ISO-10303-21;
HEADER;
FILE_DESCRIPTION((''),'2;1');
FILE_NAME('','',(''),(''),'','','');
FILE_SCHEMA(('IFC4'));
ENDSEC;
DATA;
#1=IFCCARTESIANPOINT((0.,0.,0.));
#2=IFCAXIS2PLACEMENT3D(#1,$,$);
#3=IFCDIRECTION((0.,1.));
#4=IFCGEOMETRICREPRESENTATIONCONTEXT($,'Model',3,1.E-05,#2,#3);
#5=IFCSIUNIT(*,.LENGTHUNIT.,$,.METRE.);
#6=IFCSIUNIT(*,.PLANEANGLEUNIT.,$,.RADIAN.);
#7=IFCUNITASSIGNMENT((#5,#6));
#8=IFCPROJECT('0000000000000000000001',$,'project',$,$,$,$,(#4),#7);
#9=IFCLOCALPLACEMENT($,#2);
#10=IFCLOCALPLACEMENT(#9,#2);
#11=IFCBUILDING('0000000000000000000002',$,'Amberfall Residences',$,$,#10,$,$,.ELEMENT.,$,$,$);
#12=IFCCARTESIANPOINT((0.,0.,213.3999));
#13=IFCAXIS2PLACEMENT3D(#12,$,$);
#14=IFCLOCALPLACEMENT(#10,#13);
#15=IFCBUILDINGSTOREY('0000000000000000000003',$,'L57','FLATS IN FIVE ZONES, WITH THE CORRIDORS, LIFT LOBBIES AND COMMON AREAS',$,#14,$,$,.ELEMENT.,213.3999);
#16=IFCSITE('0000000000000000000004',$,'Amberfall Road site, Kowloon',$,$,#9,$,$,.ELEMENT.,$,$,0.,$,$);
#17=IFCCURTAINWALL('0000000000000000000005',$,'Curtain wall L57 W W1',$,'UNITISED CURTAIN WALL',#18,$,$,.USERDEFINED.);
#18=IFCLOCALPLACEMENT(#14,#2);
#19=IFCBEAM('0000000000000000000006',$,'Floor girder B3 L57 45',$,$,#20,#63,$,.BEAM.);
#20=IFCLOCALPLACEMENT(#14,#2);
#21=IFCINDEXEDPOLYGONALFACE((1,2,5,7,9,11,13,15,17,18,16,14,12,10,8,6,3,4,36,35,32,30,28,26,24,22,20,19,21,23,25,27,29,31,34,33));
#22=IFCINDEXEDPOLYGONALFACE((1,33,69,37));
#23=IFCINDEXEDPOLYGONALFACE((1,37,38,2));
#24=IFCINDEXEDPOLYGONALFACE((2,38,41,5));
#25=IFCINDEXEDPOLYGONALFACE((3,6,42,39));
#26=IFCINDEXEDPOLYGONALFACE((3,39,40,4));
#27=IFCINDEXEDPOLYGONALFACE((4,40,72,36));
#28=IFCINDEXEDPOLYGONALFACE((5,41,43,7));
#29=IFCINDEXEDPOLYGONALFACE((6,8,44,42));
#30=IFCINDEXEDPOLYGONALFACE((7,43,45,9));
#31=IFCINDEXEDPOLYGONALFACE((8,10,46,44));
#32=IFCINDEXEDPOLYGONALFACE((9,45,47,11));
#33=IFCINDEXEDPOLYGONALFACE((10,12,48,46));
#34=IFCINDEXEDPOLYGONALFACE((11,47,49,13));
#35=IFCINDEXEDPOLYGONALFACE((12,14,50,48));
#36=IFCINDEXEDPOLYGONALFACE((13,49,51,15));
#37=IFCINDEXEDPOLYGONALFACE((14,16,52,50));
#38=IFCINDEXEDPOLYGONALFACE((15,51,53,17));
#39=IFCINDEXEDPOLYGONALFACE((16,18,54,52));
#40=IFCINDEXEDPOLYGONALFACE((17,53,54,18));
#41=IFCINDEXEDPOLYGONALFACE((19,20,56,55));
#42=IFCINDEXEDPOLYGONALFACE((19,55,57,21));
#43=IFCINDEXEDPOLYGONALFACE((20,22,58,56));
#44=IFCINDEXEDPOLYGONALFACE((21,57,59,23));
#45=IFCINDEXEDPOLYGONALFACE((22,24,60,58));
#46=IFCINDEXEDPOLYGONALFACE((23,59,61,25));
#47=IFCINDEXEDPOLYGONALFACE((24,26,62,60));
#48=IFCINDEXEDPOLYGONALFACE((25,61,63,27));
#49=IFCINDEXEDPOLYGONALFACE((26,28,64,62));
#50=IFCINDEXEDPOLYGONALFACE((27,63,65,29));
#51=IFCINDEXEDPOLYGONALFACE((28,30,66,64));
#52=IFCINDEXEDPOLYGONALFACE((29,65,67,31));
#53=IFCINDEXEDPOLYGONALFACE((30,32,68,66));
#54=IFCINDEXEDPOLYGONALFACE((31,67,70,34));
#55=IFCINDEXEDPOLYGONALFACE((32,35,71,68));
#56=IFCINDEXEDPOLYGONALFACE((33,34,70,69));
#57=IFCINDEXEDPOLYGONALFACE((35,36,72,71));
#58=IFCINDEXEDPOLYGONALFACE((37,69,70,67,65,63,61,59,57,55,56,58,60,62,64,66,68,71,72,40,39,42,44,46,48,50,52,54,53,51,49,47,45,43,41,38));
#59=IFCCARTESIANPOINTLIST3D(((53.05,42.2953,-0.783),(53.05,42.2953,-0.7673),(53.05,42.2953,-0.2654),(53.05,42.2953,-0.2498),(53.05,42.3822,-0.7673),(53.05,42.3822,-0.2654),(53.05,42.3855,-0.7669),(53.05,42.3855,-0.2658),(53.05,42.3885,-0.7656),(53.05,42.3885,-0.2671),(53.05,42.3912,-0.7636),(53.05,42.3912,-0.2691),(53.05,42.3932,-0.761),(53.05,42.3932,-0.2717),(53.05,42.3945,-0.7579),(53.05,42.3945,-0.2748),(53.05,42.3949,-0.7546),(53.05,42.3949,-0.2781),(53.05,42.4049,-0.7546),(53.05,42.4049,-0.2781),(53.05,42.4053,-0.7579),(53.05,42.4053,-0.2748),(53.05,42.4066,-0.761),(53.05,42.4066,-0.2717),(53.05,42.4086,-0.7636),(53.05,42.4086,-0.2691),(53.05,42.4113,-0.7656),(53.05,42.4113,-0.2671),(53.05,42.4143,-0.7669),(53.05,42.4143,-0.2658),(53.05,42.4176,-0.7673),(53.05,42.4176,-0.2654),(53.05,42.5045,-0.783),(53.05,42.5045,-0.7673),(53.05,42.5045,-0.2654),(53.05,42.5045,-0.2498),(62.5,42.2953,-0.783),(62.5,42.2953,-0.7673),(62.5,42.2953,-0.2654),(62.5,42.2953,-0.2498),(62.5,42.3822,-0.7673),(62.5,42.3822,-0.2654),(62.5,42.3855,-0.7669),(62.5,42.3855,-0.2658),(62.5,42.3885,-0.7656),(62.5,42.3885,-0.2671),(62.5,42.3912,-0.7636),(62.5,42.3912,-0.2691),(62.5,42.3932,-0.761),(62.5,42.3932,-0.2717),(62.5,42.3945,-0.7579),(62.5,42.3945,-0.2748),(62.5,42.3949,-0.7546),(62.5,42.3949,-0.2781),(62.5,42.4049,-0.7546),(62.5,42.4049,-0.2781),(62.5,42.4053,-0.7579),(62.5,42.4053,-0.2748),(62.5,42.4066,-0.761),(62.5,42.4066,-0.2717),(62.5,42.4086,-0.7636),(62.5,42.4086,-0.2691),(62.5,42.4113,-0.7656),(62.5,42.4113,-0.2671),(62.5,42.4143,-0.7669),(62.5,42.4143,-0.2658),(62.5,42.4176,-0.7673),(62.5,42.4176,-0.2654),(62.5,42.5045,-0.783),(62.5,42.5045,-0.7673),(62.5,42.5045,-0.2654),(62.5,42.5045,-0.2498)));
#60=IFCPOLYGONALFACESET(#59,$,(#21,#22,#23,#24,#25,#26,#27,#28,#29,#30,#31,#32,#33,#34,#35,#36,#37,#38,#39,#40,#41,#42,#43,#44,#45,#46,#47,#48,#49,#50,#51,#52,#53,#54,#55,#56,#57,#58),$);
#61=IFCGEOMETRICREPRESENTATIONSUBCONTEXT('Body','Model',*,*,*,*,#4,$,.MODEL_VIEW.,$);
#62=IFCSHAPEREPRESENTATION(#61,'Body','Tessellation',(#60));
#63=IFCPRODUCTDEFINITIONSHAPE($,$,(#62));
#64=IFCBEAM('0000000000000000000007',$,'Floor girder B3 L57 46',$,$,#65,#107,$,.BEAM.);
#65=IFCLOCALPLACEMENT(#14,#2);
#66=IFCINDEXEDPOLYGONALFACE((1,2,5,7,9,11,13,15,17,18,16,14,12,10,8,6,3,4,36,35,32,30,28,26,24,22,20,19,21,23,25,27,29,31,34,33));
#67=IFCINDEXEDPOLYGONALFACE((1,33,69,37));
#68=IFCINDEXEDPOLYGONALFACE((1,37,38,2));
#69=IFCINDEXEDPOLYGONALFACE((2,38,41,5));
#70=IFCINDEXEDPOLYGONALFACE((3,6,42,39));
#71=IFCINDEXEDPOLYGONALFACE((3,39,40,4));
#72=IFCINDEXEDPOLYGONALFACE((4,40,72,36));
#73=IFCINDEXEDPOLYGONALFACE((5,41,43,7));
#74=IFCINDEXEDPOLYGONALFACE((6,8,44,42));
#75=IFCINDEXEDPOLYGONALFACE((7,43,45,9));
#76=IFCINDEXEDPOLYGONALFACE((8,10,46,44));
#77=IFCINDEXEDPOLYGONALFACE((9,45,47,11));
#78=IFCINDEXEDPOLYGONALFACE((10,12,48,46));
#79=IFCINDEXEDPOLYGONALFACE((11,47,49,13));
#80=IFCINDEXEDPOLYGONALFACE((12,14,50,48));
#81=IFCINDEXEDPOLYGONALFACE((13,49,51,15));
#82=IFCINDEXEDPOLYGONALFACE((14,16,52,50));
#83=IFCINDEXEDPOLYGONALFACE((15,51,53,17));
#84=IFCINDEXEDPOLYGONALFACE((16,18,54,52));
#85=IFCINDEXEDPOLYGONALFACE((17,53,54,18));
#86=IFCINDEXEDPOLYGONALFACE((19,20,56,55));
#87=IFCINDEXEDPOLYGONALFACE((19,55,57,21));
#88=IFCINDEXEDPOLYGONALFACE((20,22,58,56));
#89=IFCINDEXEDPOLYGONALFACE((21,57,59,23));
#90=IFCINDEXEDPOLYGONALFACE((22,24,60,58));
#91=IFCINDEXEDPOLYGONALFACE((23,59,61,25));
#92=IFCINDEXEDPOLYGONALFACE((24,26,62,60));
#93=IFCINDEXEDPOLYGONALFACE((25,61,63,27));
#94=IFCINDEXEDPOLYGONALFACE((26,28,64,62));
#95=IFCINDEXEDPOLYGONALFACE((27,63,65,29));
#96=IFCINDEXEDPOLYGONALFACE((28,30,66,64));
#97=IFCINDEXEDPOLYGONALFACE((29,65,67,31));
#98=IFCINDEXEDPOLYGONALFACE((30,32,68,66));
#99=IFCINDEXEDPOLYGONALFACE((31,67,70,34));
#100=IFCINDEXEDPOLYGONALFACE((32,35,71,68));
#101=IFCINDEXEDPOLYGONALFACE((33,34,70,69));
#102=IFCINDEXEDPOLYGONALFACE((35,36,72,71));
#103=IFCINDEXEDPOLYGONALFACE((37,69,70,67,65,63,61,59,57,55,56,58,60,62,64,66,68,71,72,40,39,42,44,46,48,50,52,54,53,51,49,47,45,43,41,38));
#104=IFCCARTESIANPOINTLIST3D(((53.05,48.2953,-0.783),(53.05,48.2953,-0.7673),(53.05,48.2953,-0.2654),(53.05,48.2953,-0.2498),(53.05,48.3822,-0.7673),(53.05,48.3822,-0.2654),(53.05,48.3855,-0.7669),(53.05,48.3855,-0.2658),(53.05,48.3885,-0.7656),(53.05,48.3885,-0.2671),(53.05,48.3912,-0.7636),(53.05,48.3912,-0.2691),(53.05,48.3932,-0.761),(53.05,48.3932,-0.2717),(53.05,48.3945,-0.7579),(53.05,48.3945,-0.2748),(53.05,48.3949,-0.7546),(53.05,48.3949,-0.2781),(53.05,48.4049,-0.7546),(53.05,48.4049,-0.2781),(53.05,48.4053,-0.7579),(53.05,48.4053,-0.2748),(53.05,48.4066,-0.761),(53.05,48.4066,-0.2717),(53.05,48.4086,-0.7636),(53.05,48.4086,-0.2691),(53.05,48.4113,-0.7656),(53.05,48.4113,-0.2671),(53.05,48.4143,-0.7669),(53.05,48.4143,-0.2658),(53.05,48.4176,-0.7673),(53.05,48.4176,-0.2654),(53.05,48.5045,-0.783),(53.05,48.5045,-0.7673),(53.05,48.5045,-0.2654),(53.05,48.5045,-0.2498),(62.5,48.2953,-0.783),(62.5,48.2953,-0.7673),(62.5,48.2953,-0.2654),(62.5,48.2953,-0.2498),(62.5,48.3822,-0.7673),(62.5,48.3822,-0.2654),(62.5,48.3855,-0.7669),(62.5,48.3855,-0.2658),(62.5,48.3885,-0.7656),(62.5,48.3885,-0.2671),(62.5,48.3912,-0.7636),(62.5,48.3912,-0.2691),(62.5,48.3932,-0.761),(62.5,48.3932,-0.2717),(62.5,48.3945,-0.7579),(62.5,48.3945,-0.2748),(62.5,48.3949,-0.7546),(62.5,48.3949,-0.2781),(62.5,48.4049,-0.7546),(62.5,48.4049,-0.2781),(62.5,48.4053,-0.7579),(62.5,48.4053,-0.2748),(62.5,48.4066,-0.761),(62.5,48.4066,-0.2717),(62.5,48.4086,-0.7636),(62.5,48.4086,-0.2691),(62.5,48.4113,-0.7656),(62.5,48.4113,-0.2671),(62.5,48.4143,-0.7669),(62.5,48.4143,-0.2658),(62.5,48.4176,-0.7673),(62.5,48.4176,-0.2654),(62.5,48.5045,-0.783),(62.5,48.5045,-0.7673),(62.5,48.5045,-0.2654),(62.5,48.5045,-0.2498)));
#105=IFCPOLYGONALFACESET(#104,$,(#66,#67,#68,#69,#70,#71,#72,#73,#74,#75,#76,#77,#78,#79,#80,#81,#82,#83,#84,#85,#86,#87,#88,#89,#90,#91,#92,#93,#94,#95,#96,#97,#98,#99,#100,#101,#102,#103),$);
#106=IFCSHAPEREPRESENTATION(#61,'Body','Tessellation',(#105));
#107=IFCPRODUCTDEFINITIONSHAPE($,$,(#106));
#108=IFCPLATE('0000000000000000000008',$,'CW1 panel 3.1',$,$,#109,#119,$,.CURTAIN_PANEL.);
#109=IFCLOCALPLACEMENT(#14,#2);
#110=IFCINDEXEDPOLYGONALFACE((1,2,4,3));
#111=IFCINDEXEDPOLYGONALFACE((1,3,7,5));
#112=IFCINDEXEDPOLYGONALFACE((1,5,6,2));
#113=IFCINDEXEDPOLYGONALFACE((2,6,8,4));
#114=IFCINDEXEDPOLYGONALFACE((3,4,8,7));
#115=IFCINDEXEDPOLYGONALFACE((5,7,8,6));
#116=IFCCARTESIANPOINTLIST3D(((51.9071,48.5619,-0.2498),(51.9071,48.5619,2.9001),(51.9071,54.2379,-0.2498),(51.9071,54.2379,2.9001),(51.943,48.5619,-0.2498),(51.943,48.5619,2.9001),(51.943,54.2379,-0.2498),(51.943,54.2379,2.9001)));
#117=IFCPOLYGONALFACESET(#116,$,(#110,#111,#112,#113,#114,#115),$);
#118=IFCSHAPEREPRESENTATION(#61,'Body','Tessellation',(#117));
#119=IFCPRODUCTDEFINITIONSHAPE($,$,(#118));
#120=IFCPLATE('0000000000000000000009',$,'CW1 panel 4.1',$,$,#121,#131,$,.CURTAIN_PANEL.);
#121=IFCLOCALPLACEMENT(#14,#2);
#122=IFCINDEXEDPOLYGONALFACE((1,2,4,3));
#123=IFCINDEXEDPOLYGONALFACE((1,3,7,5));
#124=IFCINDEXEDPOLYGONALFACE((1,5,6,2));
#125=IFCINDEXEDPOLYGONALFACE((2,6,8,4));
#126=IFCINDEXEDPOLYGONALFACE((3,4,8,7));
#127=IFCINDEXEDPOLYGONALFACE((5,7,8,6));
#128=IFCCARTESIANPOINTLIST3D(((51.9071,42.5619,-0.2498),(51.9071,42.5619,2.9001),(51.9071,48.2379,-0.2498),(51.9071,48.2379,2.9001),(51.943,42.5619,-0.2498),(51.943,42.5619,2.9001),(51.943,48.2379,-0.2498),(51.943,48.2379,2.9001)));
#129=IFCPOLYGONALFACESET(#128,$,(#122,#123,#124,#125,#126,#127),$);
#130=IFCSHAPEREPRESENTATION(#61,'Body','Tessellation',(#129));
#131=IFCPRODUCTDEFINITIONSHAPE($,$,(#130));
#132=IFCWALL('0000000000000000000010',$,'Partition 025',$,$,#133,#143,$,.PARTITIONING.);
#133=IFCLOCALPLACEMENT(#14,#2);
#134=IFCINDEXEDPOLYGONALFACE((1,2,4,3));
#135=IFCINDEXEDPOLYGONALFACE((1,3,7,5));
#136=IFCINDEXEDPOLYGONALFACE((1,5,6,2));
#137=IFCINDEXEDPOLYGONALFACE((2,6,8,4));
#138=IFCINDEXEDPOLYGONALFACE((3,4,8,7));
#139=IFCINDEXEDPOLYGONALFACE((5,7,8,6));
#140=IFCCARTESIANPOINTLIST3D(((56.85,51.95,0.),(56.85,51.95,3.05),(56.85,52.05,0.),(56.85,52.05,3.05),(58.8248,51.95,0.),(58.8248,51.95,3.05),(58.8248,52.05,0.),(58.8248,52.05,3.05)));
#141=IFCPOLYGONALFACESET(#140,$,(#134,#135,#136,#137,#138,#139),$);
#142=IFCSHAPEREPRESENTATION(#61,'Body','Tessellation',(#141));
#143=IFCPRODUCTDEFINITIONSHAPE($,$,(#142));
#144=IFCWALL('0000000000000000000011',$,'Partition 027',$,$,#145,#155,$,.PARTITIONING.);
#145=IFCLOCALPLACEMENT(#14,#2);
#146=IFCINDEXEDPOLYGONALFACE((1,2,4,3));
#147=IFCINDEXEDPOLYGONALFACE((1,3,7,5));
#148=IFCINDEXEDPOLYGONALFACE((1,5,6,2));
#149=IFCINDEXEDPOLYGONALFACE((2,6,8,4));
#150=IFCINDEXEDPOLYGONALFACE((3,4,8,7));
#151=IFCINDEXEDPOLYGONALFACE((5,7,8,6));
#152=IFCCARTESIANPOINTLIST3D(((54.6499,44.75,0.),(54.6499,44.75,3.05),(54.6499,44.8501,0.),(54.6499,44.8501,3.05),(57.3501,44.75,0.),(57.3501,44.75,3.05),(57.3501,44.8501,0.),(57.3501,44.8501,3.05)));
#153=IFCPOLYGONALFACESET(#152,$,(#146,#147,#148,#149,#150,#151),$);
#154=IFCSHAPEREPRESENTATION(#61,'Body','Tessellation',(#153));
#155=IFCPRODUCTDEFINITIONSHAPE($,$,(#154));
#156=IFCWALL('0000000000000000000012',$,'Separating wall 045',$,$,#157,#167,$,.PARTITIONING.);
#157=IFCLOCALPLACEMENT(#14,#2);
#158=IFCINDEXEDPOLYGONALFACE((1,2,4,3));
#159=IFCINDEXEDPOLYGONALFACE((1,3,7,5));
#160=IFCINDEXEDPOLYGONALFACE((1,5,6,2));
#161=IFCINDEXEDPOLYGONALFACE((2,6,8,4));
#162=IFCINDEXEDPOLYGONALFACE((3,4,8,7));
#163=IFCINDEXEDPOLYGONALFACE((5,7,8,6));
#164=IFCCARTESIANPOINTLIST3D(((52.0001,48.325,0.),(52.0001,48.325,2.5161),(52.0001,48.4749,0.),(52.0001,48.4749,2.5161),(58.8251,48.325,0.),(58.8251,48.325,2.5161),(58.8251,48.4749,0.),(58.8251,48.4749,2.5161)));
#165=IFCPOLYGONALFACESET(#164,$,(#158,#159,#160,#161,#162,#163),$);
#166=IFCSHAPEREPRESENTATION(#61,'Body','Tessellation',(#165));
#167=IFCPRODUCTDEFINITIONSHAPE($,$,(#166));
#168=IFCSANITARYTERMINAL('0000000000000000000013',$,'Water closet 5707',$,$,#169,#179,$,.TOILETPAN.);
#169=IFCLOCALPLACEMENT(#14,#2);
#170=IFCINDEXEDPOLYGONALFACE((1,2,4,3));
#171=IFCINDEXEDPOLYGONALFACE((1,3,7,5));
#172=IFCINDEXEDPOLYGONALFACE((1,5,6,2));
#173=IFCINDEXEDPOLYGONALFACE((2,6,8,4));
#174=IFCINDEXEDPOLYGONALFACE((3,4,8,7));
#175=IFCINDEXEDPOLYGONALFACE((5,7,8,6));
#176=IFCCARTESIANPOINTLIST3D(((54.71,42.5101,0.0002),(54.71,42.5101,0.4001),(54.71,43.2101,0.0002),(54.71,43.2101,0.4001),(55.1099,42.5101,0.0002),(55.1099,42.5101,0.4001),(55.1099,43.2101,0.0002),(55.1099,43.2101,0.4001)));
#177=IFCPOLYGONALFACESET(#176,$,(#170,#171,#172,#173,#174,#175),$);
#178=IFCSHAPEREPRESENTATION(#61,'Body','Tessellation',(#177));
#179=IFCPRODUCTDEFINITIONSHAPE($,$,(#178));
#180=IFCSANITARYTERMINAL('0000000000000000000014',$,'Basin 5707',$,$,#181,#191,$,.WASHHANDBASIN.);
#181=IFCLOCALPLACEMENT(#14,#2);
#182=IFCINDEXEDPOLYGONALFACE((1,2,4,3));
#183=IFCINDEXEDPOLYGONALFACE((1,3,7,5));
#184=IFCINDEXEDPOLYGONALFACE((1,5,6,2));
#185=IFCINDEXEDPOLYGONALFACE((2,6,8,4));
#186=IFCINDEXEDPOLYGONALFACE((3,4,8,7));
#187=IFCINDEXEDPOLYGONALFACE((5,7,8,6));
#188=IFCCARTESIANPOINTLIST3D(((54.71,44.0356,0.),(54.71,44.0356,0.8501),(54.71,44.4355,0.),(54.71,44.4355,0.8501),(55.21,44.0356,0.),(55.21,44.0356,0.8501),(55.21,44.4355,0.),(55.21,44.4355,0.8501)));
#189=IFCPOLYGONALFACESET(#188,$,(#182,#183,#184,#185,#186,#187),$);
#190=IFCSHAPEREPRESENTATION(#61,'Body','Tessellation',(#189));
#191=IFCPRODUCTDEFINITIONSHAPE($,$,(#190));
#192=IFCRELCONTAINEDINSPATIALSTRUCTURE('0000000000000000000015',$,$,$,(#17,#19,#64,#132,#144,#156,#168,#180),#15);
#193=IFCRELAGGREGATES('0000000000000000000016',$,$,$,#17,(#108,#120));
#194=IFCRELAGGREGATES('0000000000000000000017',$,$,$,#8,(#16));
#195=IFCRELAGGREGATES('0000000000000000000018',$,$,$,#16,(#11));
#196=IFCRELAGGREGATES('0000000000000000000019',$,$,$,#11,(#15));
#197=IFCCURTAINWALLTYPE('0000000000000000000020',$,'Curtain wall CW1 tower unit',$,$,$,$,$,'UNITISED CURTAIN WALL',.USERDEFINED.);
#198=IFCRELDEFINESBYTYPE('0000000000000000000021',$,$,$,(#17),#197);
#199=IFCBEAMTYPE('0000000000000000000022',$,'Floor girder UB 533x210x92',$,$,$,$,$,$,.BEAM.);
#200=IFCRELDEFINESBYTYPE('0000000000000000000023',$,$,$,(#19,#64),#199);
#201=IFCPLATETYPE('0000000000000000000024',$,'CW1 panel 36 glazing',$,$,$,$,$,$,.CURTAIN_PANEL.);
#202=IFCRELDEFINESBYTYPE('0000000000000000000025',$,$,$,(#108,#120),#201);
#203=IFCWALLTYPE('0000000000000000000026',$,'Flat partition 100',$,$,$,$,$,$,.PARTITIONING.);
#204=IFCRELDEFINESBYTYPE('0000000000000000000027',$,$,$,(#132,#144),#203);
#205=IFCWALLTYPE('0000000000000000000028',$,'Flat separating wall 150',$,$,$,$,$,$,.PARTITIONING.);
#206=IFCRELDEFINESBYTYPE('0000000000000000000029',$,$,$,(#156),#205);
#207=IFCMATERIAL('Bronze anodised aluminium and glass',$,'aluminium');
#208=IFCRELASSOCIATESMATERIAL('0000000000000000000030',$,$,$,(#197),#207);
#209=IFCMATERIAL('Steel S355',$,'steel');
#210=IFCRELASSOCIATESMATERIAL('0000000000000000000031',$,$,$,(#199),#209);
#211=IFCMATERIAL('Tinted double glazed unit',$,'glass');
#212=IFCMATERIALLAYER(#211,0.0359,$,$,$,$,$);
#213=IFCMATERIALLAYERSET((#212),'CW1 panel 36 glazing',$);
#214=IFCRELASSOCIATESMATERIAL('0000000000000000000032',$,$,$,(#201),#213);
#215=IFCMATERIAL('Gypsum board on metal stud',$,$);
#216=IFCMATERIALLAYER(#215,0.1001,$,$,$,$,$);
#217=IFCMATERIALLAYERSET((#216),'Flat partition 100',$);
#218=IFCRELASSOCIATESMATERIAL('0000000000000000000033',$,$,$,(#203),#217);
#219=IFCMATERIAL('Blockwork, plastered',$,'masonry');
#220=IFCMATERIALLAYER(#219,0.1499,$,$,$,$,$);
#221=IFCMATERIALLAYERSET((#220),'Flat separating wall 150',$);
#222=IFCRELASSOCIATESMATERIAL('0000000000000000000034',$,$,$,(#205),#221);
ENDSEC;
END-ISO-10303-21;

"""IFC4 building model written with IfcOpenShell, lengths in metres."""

from ifc_helpers import new_model, si_unit, direction, frame, frame_2d, origin, origin_2d, place, context, subcontext, project, spatial, rectangle, i_section, extrude, material, layer, layer_set, material_profile, profile_set, type_object, element, aggregate, save


model = new_model("IFC4")

# Units and contexts
model_context = context("Model", 3, precision=1e-05, world=origin(), true_north=direction((0.0, 1.0)))
body_context = subcontext(model_context, "Body", "Model", "MODEL_VIEW")
ifc_project = project(units=[si_unit("LENGTHUNIT", "METRE"), si_unit("PLANEANGLEUNIT", "RADIAN")], contexts=[model_context])

# Site, building, storey
site_placement = place(None, origin())
site = spatial("IfcSite", under=ifc_project, at=site_placement, Name="Amberfall Road site, Kowloon", CompositionType="ELEMENT", RefElevation=0.0)
building_placement = place(site_placement, origin())
building = spatial("IfcBuilding", under=site, at=building_placement, Name="Amberfall Residences", CompositionType="ELEMENT")
storey_placement = place(building_placement, frame((0.0, 0.0, 213.3999)))
storey = spatial("IfcBuildingStorey", under=building, at=storey_placement, Name="L57", Description="FLATS IN FIVE ZONES, WITH THE CORRIDORS, LIFT LOBBIES AND COMMON AREAS", CompositionType="ELEMENT", Elevation=213.3999)

# Curtain wall
ifc_material_1 = material(Name="Bronze anodised aluminium and glass", Category="aluminium")
curtain_wall_type = type_object("IfcCurtainWallType", Name="Curtain wall CW1 tower unit", ElementType="UNITISED CURTAIN WALL", PredefinedType="USERDEFINED", material=ifc_material_1)
curtain_wall_placement = place(storey_placement, origin())
curtain_wall = element("IfcCurtainWall", 1, at=curtain_wall_placement, inside=storey, type_object=curtain_wall_type, Name="Curtain wall L57 W W1", ObjectType="UNITISED CURTAIN WALL", PredefinedType="USERDEFINED")

# Shared definitions
ifc_material_2 = material(Name="Steel S355", Category="steel")

# Beams
ifc_material_profile_1 = material_profile(ifc_material_2, i_section(OverallWidth=0.2092, OverallDepth=0.5332, WebThickness=0.01, FlangeThickness=0.0156, FilletRadius=0.0127, at=origin_2d()), Name="UB 533x210x92")
ifc_profile_set_1 = profile_set([ifc_material_profile_1], Name="Steel S355")
beam_type_1 = type_object("IfcBeamType", Name="Floor girder UB 533x210x92", PredefinedType="BEAM", material=ifc_profile_set_1)
for number, where, z_axis, x_axis, name in (
    (2, (53.05, 42.3999, -0.5164), (1.0, 0.0, 0.0), (0.0, 1.0, 0.0), "Floor girder B3 L57 45"),
    (3, (53.05, 48.3999, -0.5164), (1.0, 0.0, 0.0), (0.0, 1.0, 0.0), "Floor girder B3 L57 46"),
):
    element("IfcBeam", number, at=place(storey_placement, frame(where, z_axis=z_axis, x_axis=x_axis)), inside=storey, type_object=beam_type_1, Name=name, PredefinedType="BEAM", context=body_context, shape_type="SweptSolid", body=[
        extrude(i_section(OverallWidth=0.2092, OverallDepth=0.5332, WebThickness=0.01, FlangeThickness=0.0156, FilletRadius=0.0127, at=origin_2d()), origin(), (0.0, 0.0, 1.0), 9.45),
    ])

# Plates
ifc_material_3 = material(Name="Tinted double glazed unit", Category="glass")
ifc_layer_1 = layer(ifc_material_3, 0.0359)
ifc_layer_set_1 = layer_set([ifc_layer_1], Name="CW1 panel 36 glazing")
plate_type = type_object("IfcPlateType", Name="CW1 panel 36 glazing", PredefinedType="CURTAIN_PANEL", material=ifc_layer_set_1)
plate_1_placement = place(storey_placement, frame((51.925, 51.3999, -0.2498), z_axis=(0.0, 0.0, 1.0), x_axis=(0.0, -1.0, 0.0)))
plate_1 = element("IfcPlate", 4, at=plate_1_placement, type_object=plate_type, Name="CW1 panel 3.1", PredefinedType="CURTAIN_PANEL", context=body_context, shape_type="SweptSolid", body=[
    extrude(rectangle(XDim=5.676, YDim=0.0359, at=origin_2d()), origin(), (0.0, 0.0, 1.0), 3.1499),
])
plate_2_placement = place(storey_placement, frame((51.925, 45.3999, -0.2498), z_axis=(0.0, 0.0, 1.0), x_axis=(0.0, -1.0, 0.0)))
plate_2 = element("IfcPlate", 5, at=plate_2_placement, type_object=plate_type, Name="CW1 panel 4.1", PredefinedType="CURTAIN_PANEL", context=body_context, shape_type="SweptSolid", body=[
    extrude(rectangle(XDim=5.676, YDim=0.0359, at=origin_2d()), origin(), (0.0, 0.0, 1.0), 3.1499),
])
aggregate(curtain_wall, [plate_1, plate_2])

# Walls
ifc_material_4 = material(Name="Gypsum board on metal stud")
ifc_layer_2 = layer(ifc_material_4, 0.1001)
ifc_layer_set_2 = layer_set([ifc_layer_2], Name="Flat partition 100")
wall_type_1 = type_object("IfcWallType", Name="Flat partition 100", PredefinedType="PARTITIONING", material=ifc_layer_set_2)
wall_1_placement = place(storey_placement, frame((56.8501, 52.0, 0.0), z_axis=(0.0, 0.0, 1.0), x_axis=(1.0, 0.0, 0.0)))
element("IfcWall", 6, at=wall_1_placement, inside=storey, type_object=wall_type_1, Name="Partition 025", PredefinedType="PARTITIONING", context=body_context, shape_type="SweptSolid", body=[
    extrude(rectangle(XDim=1.9749, YDim=0.1001, at=frame_2d((0.9873, 0.0))), origin(), (0.0, 0.0, 1.0), 3.05),
])
wall_2_placement = place(storey_placement, frame((54.6499, 44.8, 0.0), z_axis=(0.0, 0.0, 1.0), x_axis=(1.0, 0.0, 0.0)))
element("IfcWall", 7, at=wall_2_placement, inside=storey, type_object=wall_type_1, Name="Partition 027", PredefinedType="PARTITIONING", context=body_context, shape_type="SweptSolid", body=[
    extrude(rectangle(XDim=2.7002, YDim=0.1001, at=frame_2d((1.3501, 0.0))), origin(), (0.0, 0.0, 1.0), 3.05),
])
ifc_material_5 = material(Name="Blockwork, plastered", Category="masonry")
ifc_layer_3 = layer(ifc_material_5, 0.1499)
ifc_layer_set_3 = layer_set([ifc_layer_3], Name="Flat separating wall 150")
wall_type_2 = type_object("IfcWallType", Name="Flat separating wall 150", PredefinedType="PARTITIONING", material=ifc_layer_set_3)
wall_3_placement = place(storey_placement, frame((52.0, 48.3999, 0.0), z_axis=(0.0, 0.0, 1.0), x_axis=(1.0, 0.0, 0.0)))
element("IfcWall", 8, at=wall_3_placement, inside=storey, type_object=wall_type_2, Name="Separating wall 045", PredefinedType="PARTITIONING", context=body_context, shape_type="SweptSolid", body=[
    extrude(rectangle(XDim=6.825, YDim=0.1499, at=frame_2d((3.4126, 0.0))), origin(), (0.0, 0.0, 1.0), 2.5161),
])

# Sanitary terminals
sanitary_terminal_1_placement = place(storey_placement, frame((54.9099, 42.8601, 0.0002), z_axis=(0.0, 0.0, 1.0), x_axis=(1.0, 0.0, 0.0)))
element("IfcSanitaryTerminal", 9, at=sanitary_terminal_1_placement, inside=storey, Name="Water closet 5707", PredefinedType="TOILETPAN", context=body_context, shape_type="SweptSolid", body=[
    extrude(rectangle(XDim=0.3999, YDim=0.7, at=origin_2d()), origin(), (0.0, 0.0, 1.0), 0.3999),
])
sanitary_terminal_2_placement = place(storey_placement, frame((54.96, 44.2356, 0.0), z_axis=(0.0, 0.0, 1.0), x_axis=(1.0, 0.0, 0.0)))
element("IfcSanitaryTerminal", 10, at=sanitary_terminal_2_placement, inside=storey, Name="Basin 5707", PredefinedType="WASHHANDBASIN", context=body_context, shape_type="SweptSolid", body=[
    extrude(rectangle(XDim=0.5, YDim=0.3999, at=origin_2d()), origin(), (0.0, 0.0, 1.0), 0.8501),
])

save(model, "model.ifc")
